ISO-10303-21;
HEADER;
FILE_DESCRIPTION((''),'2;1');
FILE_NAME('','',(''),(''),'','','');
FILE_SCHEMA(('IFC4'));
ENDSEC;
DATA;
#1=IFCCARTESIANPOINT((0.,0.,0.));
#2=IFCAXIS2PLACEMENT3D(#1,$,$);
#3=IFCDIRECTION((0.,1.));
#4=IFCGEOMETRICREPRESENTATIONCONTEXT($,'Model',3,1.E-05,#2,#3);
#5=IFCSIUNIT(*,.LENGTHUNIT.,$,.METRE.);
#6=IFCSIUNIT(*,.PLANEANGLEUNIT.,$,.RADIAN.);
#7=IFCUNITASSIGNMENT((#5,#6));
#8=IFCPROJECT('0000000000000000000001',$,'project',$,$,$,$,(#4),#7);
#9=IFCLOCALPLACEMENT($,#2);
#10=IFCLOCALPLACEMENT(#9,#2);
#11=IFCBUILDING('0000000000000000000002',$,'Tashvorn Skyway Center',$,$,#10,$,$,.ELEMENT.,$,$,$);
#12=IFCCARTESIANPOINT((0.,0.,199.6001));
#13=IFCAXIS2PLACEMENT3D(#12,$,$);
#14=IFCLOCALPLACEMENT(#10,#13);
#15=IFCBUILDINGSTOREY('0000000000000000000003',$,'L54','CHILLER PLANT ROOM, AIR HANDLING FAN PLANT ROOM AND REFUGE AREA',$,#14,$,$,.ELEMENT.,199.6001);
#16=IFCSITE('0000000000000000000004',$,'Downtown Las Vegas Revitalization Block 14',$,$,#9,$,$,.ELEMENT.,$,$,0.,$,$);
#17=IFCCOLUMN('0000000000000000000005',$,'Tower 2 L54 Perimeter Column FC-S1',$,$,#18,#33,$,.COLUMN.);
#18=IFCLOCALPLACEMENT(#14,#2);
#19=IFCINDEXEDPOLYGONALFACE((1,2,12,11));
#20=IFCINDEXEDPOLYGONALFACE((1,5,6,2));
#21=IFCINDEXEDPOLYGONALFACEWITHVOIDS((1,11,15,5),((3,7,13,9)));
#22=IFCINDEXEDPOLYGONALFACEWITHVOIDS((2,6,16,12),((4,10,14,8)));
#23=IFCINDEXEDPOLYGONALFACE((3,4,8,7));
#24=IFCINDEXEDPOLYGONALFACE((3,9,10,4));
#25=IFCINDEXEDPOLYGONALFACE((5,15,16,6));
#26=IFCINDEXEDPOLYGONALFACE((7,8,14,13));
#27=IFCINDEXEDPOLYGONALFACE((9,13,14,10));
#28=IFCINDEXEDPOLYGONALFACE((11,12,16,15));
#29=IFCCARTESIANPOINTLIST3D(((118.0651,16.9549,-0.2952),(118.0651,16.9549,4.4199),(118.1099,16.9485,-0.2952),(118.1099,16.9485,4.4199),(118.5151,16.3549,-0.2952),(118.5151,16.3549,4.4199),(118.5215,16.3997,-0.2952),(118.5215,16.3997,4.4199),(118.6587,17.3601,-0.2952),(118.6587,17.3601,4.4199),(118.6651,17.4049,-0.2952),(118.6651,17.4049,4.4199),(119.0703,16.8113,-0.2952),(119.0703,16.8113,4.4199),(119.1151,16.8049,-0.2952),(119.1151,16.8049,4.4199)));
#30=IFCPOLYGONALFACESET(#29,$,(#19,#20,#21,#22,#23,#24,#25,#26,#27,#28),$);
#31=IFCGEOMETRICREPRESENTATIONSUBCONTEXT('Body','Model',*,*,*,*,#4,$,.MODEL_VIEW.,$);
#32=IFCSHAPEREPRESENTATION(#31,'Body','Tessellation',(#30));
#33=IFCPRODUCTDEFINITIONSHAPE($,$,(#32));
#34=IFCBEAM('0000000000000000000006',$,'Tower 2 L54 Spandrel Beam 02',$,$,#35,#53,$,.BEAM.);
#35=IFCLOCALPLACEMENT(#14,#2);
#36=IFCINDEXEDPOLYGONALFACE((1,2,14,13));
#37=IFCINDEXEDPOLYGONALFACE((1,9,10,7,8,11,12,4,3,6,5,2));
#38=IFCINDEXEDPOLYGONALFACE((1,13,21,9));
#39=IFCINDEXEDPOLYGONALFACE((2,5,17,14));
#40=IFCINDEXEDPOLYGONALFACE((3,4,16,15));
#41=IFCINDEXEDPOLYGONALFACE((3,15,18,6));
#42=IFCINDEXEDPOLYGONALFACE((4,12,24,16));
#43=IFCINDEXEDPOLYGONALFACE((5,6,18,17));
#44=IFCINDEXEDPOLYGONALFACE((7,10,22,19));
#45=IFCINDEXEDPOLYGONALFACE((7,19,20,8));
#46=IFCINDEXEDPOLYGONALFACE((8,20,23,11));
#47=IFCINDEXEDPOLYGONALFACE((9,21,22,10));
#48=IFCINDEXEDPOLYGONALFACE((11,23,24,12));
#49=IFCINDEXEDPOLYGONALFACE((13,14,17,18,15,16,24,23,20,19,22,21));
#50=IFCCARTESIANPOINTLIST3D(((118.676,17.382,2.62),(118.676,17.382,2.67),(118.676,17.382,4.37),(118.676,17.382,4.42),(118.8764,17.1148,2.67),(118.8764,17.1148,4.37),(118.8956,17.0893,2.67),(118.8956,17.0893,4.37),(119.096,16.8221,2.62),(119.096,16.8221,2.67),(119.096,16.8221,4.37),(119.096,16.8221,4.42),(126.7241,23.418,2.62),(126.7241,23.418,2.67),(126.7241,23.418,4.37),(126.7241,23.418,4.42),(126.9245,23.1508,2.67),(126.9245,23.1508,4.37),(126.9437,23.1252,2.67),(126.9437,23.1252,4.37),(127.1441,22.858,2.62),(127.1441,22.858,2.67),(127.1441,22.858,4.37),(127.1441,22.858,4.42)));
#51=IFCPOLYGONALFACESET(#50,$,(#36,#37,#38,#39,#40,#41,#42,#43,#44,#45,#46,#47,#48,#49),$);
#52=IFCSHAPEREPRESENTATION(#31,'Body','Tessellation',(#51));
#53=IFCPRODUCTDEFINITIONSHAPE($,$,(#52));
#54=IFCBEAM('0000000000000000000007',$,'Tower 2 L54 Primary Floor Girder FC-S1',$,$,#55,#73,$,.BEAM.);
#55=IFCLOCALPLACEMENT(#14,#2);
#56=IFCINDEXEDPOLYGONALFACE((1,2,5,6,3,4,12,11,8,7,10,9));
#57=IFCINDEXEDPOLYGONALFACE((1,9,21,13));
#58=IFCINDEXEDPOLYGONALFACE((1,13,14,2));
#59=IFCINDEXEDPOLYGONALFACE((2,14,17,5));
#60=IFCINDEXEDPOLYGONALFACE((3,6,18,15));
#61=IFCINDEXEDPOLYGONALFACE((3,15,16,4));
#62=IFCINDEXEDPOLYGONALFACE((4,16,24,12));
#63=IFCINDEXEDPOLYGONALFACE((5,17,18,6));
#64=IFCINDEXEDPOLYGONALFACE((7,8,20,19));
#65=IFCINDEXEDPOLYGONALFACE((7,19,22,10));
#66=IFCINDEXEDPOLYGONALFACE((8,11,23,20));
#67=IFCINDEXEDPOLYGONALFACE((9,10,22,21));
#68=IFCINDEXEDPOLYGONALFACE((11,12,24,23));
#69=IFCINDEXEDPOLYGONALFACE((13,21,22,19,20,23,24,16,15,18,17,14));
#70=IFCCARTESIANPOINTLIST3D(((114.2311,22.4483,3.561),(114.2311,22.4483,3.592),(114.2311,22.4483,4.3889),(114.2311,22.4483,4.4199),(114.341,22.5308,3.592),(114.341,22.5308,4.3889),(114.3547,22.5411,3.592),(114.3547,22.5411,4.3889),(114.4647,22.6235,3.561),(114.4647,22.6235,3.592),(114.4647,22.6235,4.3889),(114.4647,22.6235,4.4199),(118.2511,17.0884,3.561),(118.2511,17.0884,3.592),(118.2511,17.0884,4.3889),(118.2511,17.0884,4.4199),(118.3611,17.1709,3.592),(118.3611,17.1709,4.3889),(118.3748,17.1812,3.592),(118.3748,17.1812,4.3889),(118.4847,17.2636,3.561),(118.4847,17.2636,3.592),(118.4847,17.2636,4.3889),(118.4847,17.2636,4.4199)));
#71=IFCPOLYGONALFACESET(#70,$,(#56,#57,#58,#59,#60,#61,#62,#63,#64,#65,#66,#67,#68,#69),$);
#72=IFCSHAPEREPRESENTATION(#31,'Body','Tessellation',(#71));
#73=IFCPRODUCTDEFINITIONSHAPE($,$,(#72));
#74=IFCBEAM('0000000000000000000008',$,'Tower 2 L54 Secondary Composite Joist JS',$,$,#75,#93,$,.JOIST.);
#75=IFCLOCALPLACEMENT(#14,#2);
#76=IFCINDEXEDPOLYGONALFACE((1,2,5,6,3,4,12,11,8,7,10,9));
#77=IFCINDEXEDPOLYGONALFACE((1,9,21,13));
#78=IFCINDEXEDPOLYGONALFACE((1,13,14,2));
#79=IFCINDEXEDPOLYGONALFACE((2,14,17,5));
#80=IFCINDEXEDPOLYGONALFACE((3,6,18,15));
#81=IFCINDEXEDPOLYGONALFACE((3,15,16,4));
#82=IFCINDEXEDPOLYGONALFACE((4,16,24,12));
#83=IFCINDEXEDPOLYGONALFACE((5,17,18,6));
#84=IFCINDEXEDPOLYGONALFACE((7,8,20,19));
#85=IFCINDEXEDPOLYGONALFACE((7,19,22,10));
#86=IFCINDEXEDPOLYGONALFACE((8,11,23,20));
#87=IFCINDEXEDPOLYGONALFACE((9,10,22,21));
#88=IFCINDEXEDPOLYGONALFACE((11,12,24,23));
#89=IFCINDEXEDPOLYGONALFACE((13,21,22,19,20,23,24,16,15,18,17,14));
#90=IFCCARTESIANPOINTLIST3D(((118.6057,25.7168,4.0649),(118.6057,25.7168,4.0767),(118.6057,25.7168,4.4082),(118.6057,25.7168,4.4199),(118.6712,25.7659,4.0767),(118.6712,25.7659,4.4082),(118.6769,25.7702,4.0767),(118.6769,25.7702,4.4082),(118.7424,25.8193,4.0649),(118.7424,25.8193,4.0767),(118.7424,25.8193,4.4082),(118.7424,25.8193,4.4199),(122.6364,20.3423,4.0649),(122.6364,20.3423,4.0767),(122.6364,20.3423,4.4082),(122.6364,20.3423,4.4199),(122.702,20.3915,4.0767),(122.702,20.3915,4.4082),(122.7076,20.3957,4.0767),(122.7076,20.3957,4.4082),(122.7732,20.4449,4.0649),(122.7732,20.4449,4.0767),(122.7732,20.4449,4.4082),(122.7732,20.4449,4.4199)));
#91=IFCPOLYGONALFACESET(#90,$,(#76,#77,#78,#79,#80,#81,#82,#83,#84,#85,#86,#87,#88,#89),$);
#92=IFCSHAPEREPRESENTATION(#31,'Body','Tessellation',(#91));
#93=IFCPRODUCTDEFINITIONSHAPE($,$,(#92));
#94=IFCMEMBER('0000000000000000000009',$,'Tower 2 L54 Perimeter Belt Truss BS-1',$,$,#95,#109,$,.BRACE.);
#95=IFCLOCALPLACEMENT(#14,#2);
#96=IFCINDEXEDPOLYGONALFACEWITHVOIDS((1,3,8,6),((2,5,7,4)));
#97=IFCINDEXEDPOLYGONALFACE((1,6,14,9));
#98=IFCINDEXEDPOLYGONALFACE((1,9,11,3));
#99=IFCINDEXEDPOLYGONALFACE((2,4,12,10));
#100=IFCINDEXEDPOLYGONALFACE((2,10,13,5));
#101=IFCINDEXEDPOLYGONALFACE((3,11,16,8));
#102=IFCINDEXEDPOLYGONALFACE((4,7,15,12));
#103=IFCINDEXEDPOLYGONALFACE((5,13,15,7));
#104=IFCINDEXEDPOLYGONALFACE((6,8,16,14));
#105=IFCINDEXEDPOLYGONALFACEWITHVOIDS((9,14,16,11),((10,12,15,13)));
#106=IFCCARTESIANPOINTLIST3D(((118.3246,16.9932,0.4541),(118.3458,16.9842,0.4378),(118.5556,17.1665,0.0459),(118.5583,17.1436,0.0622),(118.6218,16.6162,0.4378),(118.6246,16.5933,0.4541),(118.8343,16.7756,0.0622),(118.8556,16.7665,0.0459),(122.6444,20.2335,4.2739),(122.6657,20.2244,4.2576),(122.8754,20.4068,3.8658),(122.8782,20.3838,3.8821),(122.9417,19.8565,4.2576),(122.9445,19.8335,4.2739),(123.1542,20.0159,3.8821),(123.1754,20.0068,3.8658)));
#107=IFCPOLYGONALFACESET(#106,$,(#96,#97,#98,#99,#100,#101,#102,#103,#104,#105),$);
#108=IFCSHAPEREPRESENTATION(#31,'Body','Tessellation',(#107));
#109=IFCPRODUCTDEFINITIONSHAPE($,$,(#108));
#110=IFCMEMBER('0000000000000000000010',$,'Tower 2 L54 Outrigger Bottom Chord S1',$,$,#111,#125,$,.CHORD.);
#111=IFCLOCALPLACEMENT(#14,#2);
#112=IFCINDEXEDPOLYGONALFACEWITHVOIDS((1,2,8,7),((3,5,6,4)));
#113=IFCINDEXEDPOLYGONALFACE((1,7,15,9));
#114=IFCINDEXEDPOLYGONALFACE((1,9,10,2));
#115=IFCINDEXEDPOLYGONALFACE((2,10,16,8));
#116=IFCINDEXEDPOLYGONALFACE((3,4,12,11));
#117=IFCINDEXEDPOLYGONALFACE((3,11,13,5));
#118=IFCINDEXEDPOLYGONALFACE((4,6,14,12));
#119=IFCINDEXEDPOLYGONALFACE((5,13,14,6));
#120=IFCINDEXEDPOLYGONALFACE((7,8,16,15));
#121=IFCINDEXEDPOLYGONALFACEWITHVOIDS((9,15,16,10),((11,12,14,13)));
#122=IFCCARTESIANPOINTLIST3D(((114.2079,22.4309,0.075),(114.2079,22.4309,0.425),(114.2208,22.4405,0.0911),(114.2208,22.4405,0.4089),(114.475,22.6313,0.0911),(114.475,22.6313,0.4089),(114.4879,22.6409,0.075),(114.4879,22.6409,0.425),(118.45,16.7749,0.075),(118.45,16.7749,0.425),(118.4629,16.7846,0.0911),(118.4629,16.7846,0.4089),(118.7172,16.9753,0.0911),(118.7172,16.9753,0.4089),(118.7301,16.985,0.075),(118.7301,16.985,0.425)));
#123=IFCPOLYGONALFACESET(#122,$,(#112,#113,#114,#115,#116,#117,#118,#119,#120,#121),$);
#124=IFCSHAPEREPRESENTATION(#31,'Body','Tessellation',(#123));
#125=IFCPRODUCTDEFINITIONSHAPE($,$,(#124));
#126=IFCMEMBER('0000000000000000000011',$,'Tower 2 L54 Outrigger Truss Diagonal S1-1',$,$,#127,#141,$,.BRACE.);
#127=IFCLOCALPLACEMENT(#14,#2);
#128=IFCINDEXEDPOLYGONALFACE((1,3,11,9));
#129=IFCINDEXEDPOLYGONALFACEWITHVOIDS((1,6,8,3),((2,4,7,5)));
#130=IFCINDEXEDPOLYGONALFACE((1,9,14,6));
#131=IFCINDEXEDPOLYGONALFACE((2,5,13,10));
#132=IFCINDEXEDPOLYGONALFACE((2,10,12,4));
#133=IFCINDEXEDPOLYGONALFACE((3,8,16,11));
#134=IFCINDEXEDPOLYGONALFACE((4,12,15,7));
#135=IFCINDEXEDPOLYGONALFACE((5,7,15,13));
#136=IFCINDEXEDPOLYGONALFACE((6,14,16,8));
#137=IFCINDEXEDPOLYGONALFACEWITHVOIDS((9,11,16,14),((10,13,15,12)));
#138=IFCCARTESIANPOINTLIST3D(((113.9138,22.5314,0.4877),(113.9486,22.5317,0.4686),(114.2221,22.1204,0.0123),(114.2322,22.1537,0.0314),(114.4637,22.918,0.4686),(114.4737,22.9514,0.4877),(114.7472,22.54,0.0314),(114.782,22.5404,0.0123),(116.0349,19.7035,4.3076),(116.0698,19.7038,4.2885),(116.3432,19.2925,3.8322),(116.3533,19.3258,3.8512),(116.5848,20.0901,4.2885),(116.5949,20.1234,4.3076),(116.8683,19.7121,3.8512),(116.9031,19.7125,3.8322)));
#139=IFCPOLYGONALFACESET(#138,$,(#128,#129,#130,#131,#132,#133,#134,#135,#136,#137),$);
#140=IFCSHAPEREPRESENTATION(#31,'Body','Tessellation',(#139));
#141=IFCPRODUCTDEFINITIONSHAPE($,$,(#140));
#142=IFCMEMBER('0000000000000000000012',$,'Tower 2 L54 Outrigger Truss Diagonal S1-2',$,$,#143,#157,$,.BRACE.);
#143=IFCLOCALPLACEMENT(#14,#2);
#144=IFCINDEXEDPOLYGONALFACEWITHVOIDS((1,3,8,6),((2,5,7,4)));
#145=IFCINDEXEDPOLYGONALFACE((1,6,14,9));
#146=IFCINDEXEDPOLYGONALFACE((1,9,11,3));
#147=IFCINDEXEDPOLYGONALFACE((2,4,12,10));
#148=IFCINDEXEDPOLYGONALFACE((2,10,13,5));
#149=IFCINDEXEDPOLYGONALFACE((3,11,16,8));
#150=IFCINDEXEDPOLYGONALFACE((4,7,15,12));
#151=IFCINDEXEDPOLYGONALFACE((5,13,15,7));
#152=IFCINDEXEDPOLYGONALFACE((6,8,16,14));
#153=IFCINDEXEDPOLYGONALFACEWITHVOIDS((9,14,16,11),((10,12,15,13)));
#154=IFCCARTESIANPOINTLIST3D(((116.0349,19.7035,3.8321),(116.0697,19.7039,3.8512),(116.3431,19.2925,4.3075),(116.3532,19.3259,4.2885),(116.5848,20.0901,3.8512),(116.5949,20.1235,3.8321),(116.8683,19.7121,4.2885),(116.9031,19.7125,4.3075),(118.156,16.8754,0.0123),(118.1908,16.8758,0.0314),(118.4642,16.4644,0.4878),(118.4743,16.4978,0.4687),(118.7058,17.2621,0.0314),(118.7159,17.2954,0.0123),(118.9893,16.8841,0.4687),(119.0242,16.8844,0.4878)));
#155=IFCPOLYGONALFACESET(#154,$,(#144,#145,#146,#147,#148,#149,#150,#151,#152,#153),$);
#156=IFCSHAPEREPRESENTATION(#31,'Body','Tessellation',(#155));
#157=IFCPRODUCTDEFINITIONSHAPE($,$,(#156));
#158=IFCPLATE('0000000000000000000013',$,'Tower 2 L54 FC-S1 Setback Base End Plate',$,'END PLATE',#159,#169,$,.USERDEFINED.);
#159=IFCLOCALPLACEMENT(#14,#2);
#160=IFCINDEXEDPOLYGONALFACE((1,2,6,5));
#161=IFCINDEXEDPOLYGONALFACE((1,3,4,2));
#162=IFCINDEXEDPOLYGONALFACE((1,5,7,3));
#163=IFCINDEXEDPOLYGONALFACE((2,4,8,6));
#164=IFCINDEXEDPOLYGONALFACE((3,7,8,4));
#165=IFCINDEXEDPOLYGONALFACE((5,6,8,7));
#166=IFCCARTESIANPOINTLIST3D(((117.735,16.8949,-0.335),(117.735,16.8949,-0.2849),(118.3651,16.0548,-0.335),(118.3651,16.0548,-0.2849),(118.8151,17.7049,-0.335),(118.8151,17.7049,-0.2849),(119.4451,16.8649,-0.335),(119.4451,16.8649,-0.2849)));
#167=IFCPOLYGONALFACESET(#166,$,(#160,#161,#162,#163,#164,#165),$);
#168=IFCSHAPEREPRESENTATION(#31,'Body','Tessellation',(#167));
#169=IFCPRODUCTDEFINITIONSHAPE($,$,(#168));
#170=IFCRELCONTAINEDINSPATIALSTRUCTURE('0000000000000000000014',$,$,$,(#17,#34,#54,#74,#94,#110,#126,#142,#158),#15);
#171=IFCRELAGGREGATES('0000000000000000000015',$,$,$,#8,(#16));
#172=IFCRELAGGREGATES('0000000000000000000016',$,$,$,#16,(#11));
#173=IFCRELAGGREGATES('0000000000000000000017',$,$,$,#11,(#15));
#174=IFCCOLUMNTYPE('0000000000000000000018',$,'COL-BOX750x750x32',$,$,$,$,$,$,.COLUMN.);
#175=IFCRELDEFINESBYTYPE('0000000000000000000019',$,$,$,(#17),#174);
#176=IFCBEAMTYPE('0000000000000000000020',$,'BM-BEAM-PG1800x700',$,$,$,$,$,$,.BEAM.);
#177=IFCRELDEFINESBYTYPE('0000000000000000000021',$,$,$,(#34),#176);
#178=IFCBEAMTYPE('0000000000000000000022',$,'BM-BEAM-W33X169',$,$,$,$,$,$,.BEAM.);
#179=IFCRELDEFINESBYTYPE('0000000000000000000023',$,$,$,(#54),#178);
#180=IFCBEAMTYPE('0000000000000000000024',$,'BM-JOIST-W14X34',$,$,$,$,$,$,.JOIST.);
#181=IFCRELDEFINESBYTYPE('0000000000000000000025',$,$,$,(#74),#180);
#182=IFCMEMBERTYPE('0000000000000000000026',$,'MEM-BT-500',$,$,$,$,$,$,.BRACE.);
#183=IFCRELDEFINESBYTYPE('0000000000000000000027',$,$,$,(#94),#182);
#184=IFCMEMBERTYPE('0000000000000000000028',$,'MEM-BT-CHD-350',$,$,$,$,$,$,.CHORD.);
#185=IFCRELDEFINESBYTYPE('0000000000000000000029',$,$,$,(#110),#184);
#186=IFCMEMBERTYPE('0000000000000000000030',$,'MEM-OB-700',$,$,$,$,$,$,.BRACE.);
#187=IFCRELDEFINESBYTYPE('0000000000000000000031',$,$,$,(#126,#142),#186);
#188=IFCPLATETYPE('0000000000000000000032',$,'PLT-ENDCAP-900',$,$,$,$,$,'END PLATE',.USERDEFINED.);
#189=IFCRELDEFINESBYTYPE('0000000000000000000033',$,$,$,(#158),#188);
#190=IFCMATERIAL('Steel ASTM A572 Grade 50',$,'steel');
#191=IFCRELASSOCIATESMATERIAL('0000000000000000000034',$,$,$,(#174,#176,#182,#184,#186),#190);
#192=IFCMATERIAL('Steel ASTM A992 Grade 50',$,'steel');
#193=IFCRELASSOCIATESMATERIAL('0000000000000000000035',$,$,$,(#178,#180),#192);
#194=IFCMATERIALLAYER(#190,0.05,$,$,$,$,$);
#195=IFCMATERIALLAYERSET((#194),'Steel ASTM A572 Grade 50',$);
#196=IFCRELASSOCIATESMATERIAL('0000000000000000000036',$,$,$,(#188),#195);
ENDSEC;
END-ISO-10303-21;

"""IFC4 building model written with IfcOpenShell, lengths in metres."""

from ifc_helpers import new_model, si_unit, direction, frame, origin, origin_2d, place, context, subcontext, project, spatial, rectangle, hollow_rectangle, i_section, extrude, material, layer, layer_set, material_profile, profile_set, type_object, element, save


model = new_model("IFC4")

# Units and contexts
model_context = context("Model", 3, precision=1e-05, world=origin(), true_north=direction((0.0, 1.0)))
body_context = subcontext(model_context, "Body", "Model", "MODEL_VIEW")
ifc_project = project(units=[si_unit("LENGTHUNIT", "METRE"), si_unit("PLANEANGLEUNIT", "RADIAN")], contexts=[model_context])

# Site, building, storey
site_placement = place(None, origin())
site = spatial("IfcSite", under=ifc_project, at=site_placement, Name="Downtown Las Vegas Revitalization Block 14", CompositionType="ELEMENT", RefElevation=0.0)
building_placement = place(site_placement, origin())
building = spatial("IfcBuilding", under=site, at=building_placement, Name="Tashvorn Skyway Center", CompositionType="ELEMENT")
storey_placement = place(building_placement, frame((0.0, 0.0, 199.6001)))
storey = spatial("IfcBuildingStorey", under=building, at=storey_placement, Name="L54", Description="CHILLER PLANT ROOM, AIR HANDLING FAN PLANT ROOM AND REFUGE AREA", CompositionType="ELEMENT", Elevation=199.6001)

# Column
ifc_material_1 = material(Name="Steel ASTM A572 Grade 50", Category="steel")
ifc_material_profile_1 = material_profile(ifc_material_1, hollow_rectangle(XDim=0.75, YDim=0.75, WallThickness=0.032, at=origin_2d()), Name="BOX750x750x32")
ifc_profile_set_1 = profile_set([ifc_material_profile_1], Name="Steel ASTM A572 Grade 50")
column_type = type_object("IfcColumnType", Name="COL-BOX750x750x32", PredefinedType="COLUMN", material=ifc_profile_set_1)
column_placement = place(storey_placement, frame((118.5901, 16.8799, -0.2952), z_axis=(0.0, 0.0, 1.0), x_axis=(0.8, 0.6, 0.0)))
element("IfcColumn", 1, at=column_placement, inside=storey, type_object=column_type, Name="Tower 2 L54 Perimeter Column FC-S1", PredefinedType="COLUMN", context=body_context, shape_type="SweptSolid", body=[
    extrude(hollow_rectangle(XDim=0.75, YDim=0.75, WallThickness=0.032, at=origin_2d()), origin(), (0.0, 0.0, 1.0), 4.7151),
])

# Beams
ifc_material_profile_2 = material_profile(ifc_material_1, i_section(OverallWidth=0.7, OverallDepth=1.8, WebThickness=0.032, FlangeThickness=0.05, at=origin_2d()), Name="PG1800x700")
ifc_profile_set_2 = profile_set([ifc_material_profile_2], Name="Steel ASTM A572 Grade 50")
beam_type_1 = type_object("IfcBeamType", Name="BM-BEAM-PG1800x700", PredefinedType="BEAM", material=ifc_profile_set_2)
beam_1_placement = place(storey_placement, frame((118.886, 17.1021, 3.52), z_axis=(0.800009, 0.599988, 0.0), x_axis=(-0.599988, 0.800009, 0.0)))
element("IfcBeam", 2, at=beam_1_placement, inside=storey, type_object=beam_type_1, Name="Tower 2 L54 Spandrel Beam 02", PredefinedType="BEAM", context=body_context, shape_type="SweptSolid", body=[
    extrude(i_section(OverallWidth=0.7, OverallDepth=1.8, WebThickness=0.032, FlangeThickness=0.05, at=origin_2d()), origin(), (0.0, 0.0, 1.0), 10.0601),
])
ifc_material_2 = material(Name="Steel ASTM A992 Grade 50", Category="steel")
ifc_material_profile_3 = material_profile(ifc_material_2, i_section(OverallWidth=0.292, OverallDepth=0.8589, WebThickness=0.0171, FlangeThickness=0.031, at=origin_2d()), Name="W33X169")
ifc_profile_set_3 = profile_set([ifc_material_profile_3], Name="Steel ASTM A992 Grade 50")
beam_type_2 = type_object("IfcBeamType", Name="BM-BEAM-W33X169", PredefinedType="BEAM", material=ifc_profile_set_3)
beam_2_placement = place(storey_placement, frame((118.3679, 17.176, 3.9905), z_axis=(-0.600012, 0.799991, 0.0), x_axis=(-0.799991, -0.600012, 0.0)))
element("IfcBeam", 3, at=beam_2_placement, inside=storey, type_object=beam_type_2, Name="Tower 2 L54 Primary Floor Girder FC-S1", PredefinedType="BEAM", context=body_context, shape_type="SweptSolid", body=[
    extrude(i_section(OverallWidth=0.292, OverallDepth=0.8589, WebThickness=0.0171, FlangeThickness=0.031, at=origin_2d()), origin(), (0.0, 0.0, 1.0), 6.7),
])
ifc_material_profile_4 = material_profile(ifc_material_2, i_section(OverallWidth=0.1709, OverallDepth=0.355, WebThickness=0.0071, FlangeThickness=0.0117, at=origin_2d()), Name="W14X34")
ifc_profile_set_4 = profile_set([ifc_material_profile_4], Name="Steel ASTM A992 Grade 50")
beam_type_3 = type_object("IfcBeamType", Name="BM-JOIST-W14X34", PredefinedType="JOIST", material=ifc_profile_set_4)
beam_3_placement = place(storey_placement, frame((118.6741, 25.7681, 4.2424), z_axis=(0.599988, -0.800009, 0.0), x_axis=(0.800009, 0.599988, 0.0)))
element("IfcBeam", 4, at=beam_3_placement, inside=storey, type_object=beam_type_3, Name="Tower 2 L54 Secondary Composite Joist JS", PredefinedType="JOIST", context=body_context, shape_type="SweptSolid", body=[
    extrude(i_section(OverallWidth=0.1709, OverallDepth=0.355, WebThickness=0.0071, FlangeThickness=0.0117, at=origin_2d()), origin(), (0.0, 0.0, 1.0), 6.718),
])

# Members
ifc_material_profile_5 = material_profile(ifc_material_1, hollow_rectangle(XDim=0.5, YDim=0.5, WallThickness=0.02, at=origin_2d()), Name="HSS500x500x20")
ifc_profile_set_5 = profile_set([ifc_material_profile_5], Name="Steel ASTM A572 Grade 50")
member_type_1 = type_object("IfcMemberType", Name="MEM-BT-500", PredefinedType="BRACE", material=ifc_profile_set_5)
member_1_placement = place(storey_placement, frame((118.5901, 16.8799, 0.25), z_axis=(0.653088, 0.489871, 0.577496), x_axis=(-0.600043, 0.799967, 0.0)))
element("IfcMember", 5, at=member_1_placement, inside=storey, type_object=member_type_1, Name="Tower 2 L54 Perimeter Belt Truss BS-1", PredefinedType="BRACE", context=body_context, shape_type="SweptSolid", body=[
    extrude(hollow_rectangle(XDim=0.5, YDim=0.5, WallThickness=0.02, at=origin_2d()), origin(), (0.0, 0.0, 1.0), 6.6145),
])
ifc_material_profile_6 = material_profile(ifc_material_1, hollow_rectangle(XDim=0.3501, YDim=0.3501, WallThickness=0.0161, at=origin_2d()), Name="HSS350x350x16")
ifc_profile_set_6 = profile_set([ifc_material_profile_6], Name="Steel ASTM A572 Grade 50")
member_type_2 = type_object("IfcMemberType", Name="MEM-BT-CHD-350", PredefinedType="CHORD", material=ifc_profile_set_6)
member_2_placement = place(storey_placement, frame((114.3479, 22.5359, 0.25), z_axis=(0.600017, -0.799988, 0.0), x_axis=(0.799988, 0.600017, 0.0)))
element("IfcMember", 6, at=member_2_placement, inside=storey, type_object=member_type_2, Name="Tower 2 L54 Outrigger Bottom Chord S1", PredefinedType="CHORD", context=body_context, shape_type="SweptSolid", body=[
    extrude(hollow_rectangle(XDim=0.3501, YDim=0.3501, WallThickness=0.0161, at=origin_2d()), origin(), (0.0, 0.0, 1.0), 7.0701),
])
ifc_material_profile_7 = material_profile(ifc_material_1, hollow_rectangle(XDim=0.7, YDim=0.7, WallThickness=0.0281, at=origin_2d()), Name="BOX700x700x28")
ifc_profile_set_7 = profile_set([ifc_material_profile_7], Name="Steel ASTM A572 Grade 50")
member_type_3 = type_object("IfcMemberType", Name="MEM-OB-700", PredefinedType="BRACE", material=ifc_profile_set_7)
for number, where, z_axis, x_axis, name in (
    (7, (114.3479, 22.5359, 0.25), (0.407549, -0.543351, 0.733944), (0.799975, 0.600033, 0.0), "Tower 2 L54 Outrigger Truss Diagonal S1-1"),
    (8, (116.469, 19.708, 4.0698), (0.407538, -0.543384, -0.733925), (0.8, 0.6, 0.0), "Tower 2 L54 Outrigger Truss Diagonal S1-2"),
):
    element("IfcMember", number, at=place(storey_placement, frame(where, z_axis=z_axis, x_axis=x_axis)), inside=storey, type_object=member_type_3, Name=name, PredefinedType="BRACE", context=body_context, shape_type="SweptSolid", body=[
        extrude(hollow_rectangle(XDim=0.7, YDim=0.7, WallThickness=0.0281, at=origin_2d()), origin(), (0.0, 0.0, 1.0), 5.2046),
    ])

# Plate
ifc_layer_1 = layer(ifc_material_1, 0.05)
ifc_layer_set_1 = layer_set([ifc_layer_1], Name="Steel ASTM A572 Grade 50")
plate_type_1 = type_object("IfcPlateType", Name="PLT-ENDCAP-900", ElementType="END PLATE", PredefinedType="USERDEFINED", material=ifc_layer_set_1)
plate_1_placement = place(storey_placement, frame((118.5901, 16.8799, -0.335), z_axis=(0.0, 0.0, 1.0), x_axis=(0.8, 0.6, 0.0)))
element("IfcPlate", 9, at=plate_1_placement, inside=storey, type_object=plate_type_1, Name="Tower 2 L54 FC-S1 Setback Base End Plate", ObjectType="END PLATE", PredefinedType="USERDEFINED", context=body_context, shape_type="SweptSolid", body=[
    extrude(rectangle(XDim=1.3501, YDim=1.05, at=origin_2d()), origin(), (0.0, 0.0, 1.0), 0.05),
])

save(model, "model.ifc")
